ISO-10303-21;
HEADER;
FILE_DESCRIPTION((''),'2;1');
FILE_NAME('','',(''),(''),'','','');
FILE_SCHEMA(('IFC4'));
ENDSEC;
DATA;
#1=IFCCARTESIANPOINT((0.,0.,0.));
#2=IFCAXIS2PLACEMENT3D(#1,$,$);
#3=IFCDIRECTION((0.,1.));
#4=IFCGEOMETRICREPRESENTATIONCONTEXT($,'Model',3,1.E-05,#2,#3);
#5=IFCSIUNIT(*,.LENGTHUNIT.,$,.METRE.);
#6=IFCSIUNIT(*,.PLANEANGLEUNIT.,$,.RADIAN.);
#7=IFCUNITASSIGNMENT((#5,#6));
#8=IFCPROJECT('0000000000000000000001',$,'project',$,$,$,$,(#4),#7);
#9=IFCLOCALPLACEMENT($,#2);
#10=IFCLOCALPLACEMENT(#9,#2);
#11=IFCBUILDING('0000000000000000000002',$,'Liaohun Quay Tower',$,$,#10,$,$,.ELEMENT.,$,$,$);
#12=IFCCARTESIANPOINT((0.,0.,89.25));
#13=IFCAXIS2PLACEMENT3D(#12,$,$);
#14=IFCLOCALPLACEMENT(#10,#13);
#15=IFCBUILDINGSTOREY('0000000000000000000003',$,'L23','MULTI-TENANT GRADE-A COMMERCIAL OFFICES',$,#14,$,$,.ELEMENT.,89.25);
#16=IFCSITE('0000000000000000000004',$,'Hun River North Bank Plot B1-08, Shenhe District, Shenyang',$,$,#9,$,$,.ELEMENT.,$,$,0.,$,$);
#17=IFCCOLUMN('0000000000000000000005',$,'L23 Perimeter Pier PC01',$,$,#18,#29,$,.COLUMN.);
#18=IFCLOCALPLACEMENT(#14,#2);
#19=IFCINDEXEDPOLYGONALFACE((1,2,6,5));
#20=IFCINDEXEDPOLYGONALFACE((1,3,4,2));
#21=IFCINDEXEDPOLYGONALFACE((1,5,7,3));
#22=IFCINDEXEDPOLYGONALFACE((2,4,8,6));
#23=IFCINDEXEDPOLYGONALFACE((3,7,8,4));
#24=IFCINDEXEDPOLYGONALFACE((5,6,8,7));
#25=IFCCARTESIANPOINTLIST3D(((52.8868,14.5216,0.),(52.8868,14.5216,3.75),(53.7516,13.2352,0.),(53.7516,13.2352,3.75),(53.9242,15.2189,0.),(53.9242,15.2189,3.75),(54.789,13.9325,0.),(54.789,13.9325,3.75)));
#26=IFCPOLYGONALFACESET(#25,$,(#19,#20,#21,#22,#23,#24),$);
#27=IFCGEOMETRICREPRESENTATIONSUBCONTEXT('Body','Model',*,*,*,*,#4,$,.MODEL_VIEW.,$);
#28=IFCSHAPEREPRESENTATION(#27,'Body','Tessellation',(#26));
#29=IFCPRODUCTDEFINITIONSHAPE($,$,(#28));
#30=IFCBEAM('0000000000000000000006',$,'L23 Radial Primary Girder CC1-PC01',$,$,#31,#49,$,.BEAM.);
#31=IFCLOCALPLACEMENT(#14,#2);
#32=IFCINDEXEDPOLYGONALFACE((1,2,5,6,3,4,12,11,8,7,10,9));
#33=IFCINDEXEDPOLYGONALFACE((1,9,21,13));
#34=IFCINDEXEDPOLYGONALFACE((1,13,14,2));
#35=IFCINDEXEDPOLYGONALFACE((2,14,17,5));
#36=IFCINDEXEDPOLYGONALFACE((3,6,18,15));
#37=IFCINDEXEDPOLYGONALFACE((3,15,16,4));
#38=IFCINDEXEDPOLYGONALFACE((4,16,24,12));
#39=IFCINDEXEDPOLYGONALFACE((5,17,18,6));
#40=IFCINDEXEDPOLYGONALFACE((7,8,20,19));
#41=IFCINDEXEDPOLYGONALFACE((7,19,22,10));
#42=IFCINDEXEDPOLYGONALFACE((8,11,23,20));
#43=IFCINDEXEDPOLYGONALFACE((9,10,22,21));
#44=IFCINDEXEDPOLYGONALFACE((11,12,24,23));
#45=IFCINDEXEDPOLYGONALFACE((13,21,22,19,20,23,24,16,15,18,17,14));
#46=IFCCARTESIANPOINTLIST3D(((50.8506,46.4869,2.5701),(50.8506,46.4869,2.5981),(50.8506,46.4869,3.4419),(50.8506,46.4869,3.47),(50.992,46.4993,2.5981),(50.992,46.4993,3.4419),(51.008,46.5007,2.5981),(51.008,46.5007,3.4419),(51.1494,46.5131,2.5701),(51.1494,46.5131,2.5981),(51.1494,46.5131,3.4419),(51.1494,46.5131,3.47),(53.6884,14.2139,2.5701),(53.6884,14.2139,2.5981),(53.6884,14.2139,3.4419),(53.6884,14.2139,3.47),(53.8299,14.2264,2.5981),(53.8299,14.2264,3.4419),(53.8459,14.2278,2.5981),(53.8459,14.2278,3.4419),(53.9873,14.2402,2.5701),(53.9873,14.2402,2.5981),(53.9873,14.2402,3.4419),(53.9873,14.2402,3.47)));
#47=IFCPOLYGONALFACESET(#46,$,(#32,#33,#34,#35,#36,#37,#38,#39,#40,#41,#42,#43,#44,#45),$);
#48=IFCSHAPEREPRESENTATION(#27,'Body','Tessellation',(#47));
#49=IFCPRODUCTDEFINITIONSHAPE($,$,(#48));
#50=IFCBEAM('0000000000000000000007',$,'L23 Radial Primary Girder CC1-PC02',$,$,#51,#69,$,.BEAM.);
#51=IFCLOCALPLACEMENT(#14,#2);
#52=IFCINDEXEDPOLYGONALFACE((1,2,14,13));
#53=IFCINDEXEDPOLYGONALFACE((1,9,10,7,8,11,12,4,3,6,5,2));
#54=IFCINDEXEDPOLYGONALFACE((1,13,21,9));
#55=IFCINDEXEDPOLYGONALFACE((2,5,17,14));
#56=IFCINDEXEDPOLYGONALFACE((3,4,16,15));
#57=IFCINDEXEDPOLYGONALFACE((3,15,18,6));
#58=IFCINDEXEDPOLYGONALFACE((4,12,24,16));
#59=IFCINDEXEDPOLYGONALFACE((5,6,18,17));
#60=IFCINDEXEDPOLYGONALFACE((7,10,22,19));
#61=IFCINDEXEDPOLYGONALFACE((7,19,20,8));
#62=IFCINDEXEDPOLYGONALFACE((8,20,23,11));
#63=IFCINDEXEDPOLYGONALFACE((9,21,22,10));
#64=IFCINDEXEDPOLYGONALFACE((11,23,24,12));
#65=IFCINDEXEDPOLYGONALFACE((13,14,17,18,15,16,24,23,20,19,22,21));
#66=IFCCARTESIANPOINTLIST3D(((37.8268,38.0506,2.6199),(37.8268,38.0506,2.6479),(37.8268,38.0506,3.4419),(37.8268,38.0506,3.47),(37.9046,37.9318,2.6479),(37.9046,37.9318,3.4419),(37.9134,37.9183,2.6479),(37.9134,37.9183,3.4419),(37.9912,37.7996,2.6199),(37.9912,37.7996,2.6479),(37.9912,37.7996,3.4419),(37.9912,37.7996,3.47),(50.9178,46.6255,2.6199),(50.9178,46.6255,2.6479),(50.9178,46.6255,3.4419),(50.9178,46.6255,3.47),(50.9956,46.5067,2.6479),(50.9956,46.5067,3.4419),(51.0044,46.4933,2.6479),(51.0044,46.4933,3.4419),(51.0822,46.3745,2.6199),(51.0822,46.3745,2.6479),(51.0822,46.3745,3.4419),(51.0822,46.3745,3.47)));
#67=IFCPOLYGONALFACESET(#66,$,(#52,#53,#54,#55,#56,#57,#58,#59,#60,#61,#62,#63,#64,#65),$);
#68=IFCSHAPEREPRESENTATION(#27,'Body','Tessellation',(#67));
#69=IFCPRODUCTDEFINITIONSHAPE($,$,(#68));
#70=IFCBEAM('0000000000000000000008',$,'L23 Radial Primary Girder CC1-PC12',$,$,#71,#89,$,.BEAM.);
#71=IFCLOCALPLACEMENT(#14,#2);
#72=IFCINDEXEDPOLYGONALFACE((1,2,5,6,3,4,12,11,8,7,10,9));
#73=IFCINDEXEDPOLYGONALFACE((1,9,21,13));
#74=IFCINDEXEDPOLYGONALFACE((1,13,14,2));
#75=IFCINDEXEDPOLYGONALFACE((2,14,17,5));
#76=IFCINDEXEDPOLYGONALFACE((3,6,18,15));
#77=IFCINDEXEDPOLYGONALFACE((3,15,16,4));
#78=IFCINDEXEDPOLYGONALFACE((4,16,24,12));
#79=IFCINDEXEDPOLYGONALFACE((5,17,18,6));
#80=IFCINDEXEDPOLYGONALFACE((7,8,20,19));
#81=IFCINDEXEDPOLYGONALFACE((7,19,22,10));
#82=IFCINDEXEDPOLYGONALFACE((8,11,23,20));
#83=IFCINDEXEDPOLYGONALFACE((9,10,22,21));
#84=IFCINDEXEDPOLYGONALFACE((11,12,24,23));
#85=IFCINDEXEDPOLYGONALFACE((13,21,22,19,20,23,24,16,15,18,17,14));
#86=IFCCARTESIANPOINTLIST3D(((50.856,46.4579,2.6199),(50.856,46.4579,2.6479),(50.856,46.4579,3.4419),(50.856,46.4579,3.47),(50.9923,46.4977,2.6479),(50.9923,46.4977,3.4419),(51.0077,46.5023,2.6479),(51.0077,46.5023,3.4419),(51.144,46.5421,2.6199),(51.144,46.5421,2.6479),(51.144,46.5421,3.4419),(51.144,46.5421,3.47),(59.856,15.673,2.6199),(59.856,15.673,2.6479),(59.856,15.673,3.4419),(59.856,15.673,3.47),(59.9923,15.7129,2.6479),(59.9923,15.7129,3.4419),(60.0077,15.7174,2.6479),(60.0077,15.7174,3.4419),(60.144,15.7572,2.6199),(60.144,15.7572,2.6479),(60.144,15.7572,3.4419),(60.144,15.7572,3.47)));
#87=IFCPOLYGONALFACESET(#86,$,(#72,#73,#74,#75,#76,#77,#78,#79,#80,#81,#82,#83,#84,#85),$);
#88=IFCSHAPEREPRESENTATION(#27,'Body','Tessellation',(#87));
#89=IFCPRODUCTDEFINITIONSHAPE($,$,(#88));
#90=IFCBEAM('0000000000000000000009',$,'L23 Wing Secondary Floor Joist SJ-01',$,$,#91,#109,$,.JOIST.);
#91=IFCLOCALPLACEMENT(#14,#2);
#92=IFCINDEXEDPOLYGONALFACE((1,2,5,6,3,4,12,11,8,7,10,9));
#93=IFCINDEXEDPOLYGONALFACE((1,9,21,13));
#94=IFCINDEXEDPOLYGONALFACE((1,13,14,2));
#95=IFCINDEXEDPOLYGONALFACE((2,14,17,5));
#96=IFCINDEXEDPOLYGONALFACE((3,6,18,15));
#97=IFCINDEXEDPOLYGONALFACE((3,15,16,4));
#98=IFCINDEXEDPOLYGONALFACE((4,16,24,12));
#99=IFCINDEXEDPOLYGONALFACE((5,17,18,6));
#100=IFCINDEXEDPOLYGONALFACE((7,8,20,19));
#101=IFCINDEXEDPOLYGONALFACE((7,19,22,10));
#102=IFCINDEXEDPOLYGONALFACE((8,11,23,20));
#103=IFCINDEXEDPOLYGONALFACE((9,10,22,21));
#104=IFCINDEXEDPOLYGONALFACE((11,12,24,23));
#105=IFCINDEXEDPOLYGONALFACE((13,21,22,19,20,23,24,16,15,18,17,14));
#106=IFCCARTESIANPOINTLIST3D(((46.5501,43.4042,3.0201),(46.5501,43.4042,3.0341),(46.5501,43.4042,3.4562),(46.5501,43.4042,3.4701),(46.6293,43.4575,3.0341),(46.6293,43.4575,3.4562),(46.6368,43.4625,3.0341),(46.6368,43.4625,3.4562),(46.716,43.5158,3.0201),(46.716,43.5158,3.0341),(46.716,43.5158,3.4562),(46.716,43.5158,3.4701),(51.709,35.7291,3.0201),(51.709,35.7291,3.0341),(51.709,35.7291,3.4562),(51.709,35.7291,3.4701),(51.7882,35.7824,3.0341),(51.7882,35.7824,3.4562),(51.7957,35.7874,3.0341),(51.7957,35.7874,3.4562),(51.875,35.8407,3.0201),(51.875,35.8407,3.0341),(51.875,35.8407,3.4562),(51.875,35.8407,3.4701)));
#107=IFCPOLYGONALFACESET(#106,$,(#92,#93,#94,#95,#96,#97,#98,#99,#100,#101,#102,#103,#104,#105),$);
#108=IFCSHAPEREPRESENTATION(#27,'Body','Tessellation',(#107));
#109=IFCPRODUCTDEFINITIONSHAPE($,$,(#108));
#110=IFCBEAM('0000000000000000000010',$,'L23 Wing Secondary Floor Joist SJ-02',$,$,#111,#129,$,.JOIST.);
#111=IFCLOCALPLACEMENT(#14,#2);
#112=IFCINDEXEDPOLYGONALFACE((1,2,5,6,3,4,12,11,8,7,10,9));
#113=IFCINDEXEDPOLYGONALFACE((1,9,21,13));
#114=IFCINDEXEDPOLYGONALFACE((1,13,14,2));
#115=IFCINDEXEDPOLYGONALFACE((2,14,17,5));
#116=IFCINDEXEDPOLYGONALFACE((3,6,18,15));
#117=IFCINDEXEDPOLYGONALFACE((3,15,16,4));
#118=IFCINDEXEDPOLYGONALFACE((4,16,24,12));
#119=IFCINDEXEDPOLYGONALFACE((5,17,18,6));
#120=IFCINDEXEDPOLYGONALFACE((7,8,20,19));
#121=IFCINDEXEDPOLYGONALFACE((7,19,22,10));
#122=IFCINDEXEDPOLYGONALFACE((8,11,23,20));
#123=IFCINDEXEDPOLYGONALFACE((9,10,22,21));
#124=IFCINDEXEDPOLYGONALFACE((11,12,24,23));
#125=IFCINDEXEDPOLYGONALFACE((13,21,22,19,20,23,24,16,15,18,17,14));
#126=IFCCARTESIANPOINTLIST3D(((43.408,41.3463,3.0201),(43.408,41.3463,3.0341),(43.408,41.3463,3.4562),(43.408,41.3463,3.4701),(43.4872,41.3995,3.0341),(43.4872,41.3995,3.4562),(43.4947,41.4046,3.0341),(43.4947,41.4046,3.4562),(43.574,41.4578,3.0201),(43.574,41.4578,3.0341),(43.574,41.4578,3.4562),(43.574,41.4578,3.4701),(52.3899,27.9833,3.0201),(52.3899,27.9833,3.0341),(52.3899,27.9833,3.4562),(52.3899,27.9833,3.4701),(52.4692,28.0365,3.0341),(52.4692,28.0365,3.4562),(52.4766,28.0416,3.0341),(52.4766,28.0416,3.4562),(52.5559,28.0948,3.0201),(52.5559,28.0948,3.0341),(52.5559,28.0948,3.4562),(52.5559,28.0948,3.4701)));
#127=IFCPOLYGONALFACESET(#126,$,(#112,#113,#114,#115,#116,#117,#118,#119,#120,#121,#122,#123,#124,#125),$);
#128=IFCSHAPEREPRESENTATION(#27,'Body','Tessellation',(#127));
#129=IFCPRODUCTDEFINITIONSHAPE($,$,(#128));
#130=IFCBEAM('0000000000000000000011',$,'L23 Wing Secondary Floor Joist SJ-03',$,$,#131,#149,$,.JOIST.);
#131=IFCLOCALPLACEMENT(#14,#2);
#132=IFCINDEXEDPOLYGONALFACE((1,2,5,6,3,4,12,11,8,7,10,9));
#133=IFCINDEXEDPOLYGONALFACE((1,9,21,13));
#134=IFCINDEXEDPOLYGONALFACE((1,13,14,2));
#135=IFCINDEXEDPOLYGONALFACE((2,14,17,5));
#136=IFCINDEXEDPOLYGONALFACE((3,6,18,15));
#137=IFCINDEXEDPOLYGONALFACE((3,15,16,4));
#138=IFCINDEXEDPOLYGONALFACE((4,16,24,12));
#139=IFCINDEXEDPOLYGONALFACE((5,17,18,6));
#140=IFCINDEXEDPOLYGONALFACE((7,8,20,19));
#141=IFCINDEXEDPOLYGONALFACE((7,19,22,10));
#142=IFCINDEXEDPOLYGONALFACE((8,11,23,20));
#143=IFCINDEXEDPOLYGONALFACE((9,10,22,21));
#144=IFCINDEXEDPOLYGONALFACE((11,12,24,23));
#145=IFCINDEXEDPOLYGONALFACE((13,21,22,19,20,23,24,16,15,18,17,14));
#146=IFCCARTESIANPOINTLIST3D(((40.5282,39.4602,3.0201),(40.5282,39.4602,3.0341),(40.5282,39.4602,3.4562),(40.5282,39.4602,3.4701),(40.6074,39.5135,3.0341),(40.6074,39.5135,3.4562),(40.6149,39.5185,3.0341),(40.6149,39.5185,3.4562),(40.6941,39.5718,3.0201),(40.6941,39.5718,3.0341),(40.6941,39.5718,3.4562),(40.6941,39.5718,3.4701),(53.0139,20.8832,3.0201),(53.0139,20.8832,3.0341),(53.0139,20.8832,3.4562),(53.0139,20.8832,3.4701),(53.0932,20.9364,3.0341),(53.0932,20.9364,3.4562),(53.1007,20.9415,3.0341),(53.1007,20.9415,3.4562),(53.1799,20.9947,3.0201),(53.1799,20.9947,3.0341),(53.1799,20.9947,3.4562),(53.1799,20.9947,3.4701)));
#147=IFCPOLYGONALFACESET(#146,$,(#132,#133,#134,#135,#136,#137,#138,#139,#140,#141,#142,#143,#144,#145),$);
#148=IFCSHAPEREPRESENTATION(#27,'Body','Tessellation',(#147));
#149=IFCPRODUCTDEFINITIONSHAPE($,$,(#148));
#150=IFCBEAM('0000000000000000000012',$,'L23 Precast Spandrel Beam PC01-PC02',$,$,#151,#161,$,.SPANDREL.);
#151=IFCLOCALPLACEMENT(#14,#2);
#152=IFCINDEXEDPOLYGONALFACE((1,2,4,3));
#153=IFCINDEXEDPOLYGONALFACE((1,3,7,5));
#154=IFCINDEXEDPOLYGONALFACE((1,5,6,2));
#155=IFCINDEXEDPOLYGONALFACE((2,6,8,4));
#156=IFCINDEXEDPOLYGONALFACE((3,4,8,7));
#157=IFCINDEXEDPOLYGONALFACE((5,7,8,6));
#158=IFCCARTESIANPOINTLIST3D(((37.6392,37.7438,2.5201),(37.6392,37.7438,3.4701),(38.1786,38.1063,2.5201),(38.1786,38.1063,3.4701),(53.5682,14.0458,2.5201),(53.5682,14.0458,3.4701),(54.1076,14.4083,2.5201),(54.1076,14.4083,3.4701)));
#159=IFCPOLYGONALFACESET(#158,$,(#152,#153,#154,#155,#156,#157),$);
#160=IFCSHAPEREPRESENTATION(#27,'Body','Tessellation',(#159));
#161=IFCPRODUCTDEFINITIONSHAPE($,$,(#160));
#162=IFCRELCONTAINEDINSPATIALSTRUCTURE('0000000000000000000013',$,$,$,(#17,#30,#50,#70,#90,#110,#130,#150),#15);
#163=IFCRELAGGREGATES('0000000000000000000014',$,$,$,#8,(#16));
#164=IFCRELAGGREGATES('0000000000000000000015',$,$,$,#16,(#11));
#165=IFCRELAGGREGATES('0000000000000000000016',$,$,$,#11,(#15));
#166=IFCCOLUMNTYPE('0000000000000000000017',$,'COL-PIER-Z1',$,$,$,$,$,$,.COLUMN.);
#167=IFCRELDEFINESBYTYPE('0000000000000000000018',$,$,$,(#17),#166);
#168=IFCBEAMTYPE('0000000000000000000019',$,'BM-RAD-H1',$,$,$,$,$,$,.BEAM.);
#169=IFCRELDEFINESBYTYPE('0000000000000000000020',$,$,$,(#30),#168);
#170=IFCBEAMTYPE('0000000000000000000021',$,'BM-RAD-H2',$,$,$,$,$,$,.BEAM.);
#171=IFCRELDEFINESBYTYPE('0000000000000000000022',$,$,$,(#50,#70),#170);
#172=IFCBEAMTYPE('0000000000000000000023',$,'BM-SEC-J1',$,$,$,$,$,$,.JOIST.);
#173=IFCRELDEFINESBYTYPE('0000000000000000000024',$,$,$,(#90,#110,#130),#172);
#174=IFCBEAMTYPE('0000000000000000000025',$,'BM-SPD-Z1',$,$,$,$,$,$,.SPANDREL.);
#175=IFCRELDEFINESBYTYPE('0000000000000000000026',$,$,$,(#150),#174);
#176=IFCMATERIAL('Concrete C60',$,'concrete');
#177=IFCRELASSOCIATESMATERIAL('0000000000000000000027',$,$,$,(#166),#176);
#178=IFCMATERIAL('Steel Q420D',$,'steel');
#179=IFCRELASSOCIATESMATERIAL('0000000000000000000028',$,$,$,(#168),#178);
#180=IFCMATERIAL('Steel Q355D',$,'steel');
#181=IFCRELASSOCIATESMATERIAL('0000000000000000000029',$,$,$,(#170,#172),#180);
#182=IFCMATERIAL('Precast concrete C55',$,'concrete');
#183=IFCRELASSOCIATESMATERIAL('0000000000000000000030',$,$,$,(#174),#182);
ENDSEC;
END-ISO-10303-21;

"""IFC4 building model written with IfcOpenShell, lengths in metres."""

from ifc_helpers import new_model, si_unit, direction, frame, origin, origin_2d, place, context, subcontext, project, spatial, rectangle, i_section, extrude, source, transform, mapped, material, material_profile, profile_set, type_object, element, save


model = new_model("IFC4")

# Units and contexts
model_context = context("Model", 3, precision=1e-05, world=origin(), true_north=direction((0.0, 1.0)))
body_context = subcontext(model_context, "Body", "Model", "MODEL_VIEW")
ifc_project = project(units=[si_unit("LENGTHUNIT", "METRE"), si_unit("PLANEANGLEUNIT", "RADIAN")], contexts=[model_context])

# Site, building, storey
site_placement = place(None, origin())
site = spatial("IfcSite", under=ifc_project, at=site_placement, Name="Hun River North Bank Plot B1-08, Shenhe District, Shenyang", CompositionType="ELEMENT", RefElevation=0.0)
building_placement = place(site_placement, origin())
building = spatial("IfcBuilding", under=site, at=building_placement, Name="Liaohun Quay Tower", CompositionType="ELEMENT")
storey_placement = place(building_placement, frame((0.0, 0.0, 89.25)))
storey = spatial("IfcBuildingStorey", under=building, at=storey_placement, Name="L23", Description="MULTI-TENANT GRADE-A COMMERCIAL OFFICES", CompositionType="ELEMENT", Elevation=89.25)

# Column
ifc_material_1 = material(Name="Concrete C60", Category="concrete")
ifc_material_profile_1 = material_profile(ifc_material_1, rectangle(XDim=1.55, YDim=1.25, at=origin_2d()), Name="RC1550x1250")
ifc_profile_set_1 = profile_set([ifc_material_profile_1], Name="Concrete C60")
column_type = type_object("IfcColumnType", Name="COL-PIER-Z1", PredefinedType="COLUMN", material=ifc_profile_set_1)
shared_shape_1 = source(origin(), body_context, "Body", "SweptSolid", [
    extrude(rectangle(XDim=1.55, YDim=1.25, at=origin_2d()), origin(), (0.0, 0.0, 1.0), 3.75),
])
column_placement = place(storey_placement, frame((53.8379, 14.2271, 0.0), z_axis=(0.0, 0.0, 1.0), x_axis=(-0.55789, 0.829915, 0.0)))
element("IfcColumn", 1, at=column_placement, inside=storey, type_object=column_type, Name="L23 Perimeter Pier PC01", PredefinedType="COLUMN", context=body_context, shape_type="MappedRepresentation", body=[
    mapped(shared_shape_1, transform((0.0, 0.0, 0.0), x_axis=(1.0, 0.0, 0.0), y_axis=(0.0, 1.0, 0.0), z_axis=(0.0, 0.0, 1.0), scale=1.0)),
])

# Beams
ifc_material_2 = material(Name="Steel Q420D", Category="steel")
ifc_material_profile_2 = material_profile(ifc_material_2, i_section(OverallWidth=0.3, OverallDepth=0.8999, WebThickness=0.0161, FlangeThickness=0.0281, at=origin_2d()), Name="HN900x300x16x28")
ifc_profile_set_2 = profile_set([ifc_material_profile_2], Name="Steel Q420D")
beam_type_1 = type_object("IfcBeamType", Name="BM-RAD-H1", PredefinedType="BEAM", material=ifc_profile_set_2)
shared_shape_2 = source(origin(), body_context, "Body", "SweptSolid", [
    extrude(i_section(OverallWidth=0.3, OverallDepth=0.8999, WebThickness=0.0161, FlangeThickness=0.0281, at=origin_2d()), origin(), (0.0, 0.0, 1.0), 32.3975),
])
beam_1_placement = place(storey_placement, frame((51.0, 46.5, 3.02), z_axis=(0.087596, -0.996156, 0.0), x_axis=(0.996156, 0.087596, 0.0)))
element("IfcBeam", 2, at=beam_1_placement, inside=storey, type_object=beam_type_1, Name="L23 Radial Primary Girder CC1-PC01", PredefinedType="BEAM", context=body_context, shape_type="MappedRepresentation", body=[
    mapped(shared_shape_2, transform((0.0, 0.0, 0.0), x_axis=(1.0, 0.0, 0.0), y_axis=(0.0, 1.0, 0.0), z_axis=(0.0, 0.0, 1.0), scale=1.0)),
])
ifc_material_3 = material(Name="Steel Q355D", Category="steel")
ifc_material_profile_3 = material_profile(ifc_material_3, i_section(OverallWidth=0.3, OverallDepth=0.8501, WebThickness=0.0161, FlangeThickness=0.0281, at=origin_2d()), Name="HN850x300x16x28")
ifc_profile_set_3 = profile_set([ifc_material_profile_3], Name="Steel Q355D")
beam_type_2 = type_object("IfcBeamType", Name="BM-RAD-H2", PredefinedType="BEAM", material=ifc_profile_set_3)
shared_shape_3 = source(origin(), body_context, "Body", "SweptSolid", [
    extrude(i_section(OverallWidth=0.3, OverallDepth=0.8501, WebThickness=0.0161, FlangeThickness=0.0281, at=origin_2d()), origin(), (0.0, 0.0, 1.0), 15.6494),
])
beam_2_placement = place(storey_placement, frame((51.0, 46.5, 3.0449), z_axis=(-0.836518, -0.547939, 0.0), x_axis=(0.547939, -0.836518, 0.0)))
element("IfcBeam", 3, at=beam_2_placement, inside=storey, type_object=beam_type_2, Name="L23 Radial Primary Girder CC1-PC02", PredefinedType="BEAM", context=body_context, shape_type="MappedRepresentation", body=[
    mapped(shared_shape_3, transform((0.0, 0.0, 0.0), x_axis=(1.0, 0.0, 0.0), y_axis=(0.0, 1.0, 0.0), z_axis=(0.0, 0.0, 1.0), scale=1.0)),
])
shared_shape_4 = source(origin(), body_context, "Body", "SweptSolid", [
    extrude(i_section(OverallWidth=0.3, OverallDepth=0.8501, WebThickness=0.0161, FlangeThickness=0.0281, at=origin_2d()), origin(), (0.0, 0.0, 1.0), 32.0735),
])
beam_3_placement = place(storey_placement, frame((51.0, 46.5, 3.0449), z_axis=(0.280605, -0.959823, 0.0), x_axis=(0.959823, 0.280605, 0.0)))
element("IfcBeam", 4, at=beam_3_placement, inside=storey, type_object=beam_type_2, Name="L23 Radial Primary Girder CC1-PC12", PredefinedType="BEAM", context=body_context, shape_type="MappedRepresentation", body=[
    mapped(shared_shape_4, transform((0.0, 0.0, 0.0), x_axis=(1.0, 0.0, 0.0), y_axis=(0.0, 1.0, 0.0), z_axis=(0.0, 0.0, 1.0), scale=1.0)),
])
ifc_material_profile_4 = material_profile(ifc_material_3, i_section(OverallWidth=0.2, OverallDepth=0.45, WebThickness=0.009, FlangeThickness=0.0139, at=origin_2d()), Name="HN450x200x9x14")
ifc_profile_set_4 = profile_set([ifc_material_profile_4], Name="Steel Q355D")
beam_type_3 = type_object("IfcBeamType", Name="BM-SEC-J1", PredefinedType="JOIST", material=ifc_profile_set_4)
shared_shape_5 = source(origin(), body_context, "Body", "SweptSolid", [
    extrude(i_section(OverallWidth=0.2, OverallDepth=0.45, WebThickness=0.009, FlangeThickness=0.0139, at=origin_2d()), origin(), (0.0, 0.0, 1.0), 9.2478),
])
beam_4_placement = place(storey_placement, frame((51.792, 35.7849, 3.2451), z_axis=(-0.557858, 0.829936, 0.0), x_axis=(-0.829936, -0.557858, 0.0)))
element("IfcBeam", 5, at=beam_4_placement, inside=storey, type_object=beam_type_3, Name="L23 Wing Secondary Floor Joist SJ-01", PredefinedType="JOIST", context=body_context, shape_type="MappedRepresentation", body=[
    mapped(shared_shape_5, transform((0.0, 0.0, 0.0), x_axis=(1.0, 0.0, 0.0), y_axis=(0.0, 1.0, 0.0), z_axis=(0.0, 0.0, 1.0), scale=1.0)),
])
shared_shape_6 = source(origin(), body_context, "Body", "SweptSolid", [
    extrude(i_section(OverallWidth=0.2, OverallDepth=0.45, WebThickness=0.009, FlangeThickness=0.0139, at=origin_2d()), origin(), (0.0, 0.0, 1.0), 16.1011),
])
beam_5_placement = place(storey_placement, frame((52.4729, 28.0391, 3.2451), z_axis=(-0.557845, 0.829945, 0.0), x_axis=(-0.829945, -0.557845, 0.0)))
element("IfcBeam", 6, at=beam_5_placement, inside=storey, type_object=beam_type_3, Name="L23 Wing Secondary Floor Joist SJ-02", PredefinedType="JOIST", context=body_context, shape_type="MappedRepresentation", body=[
    mapped(shared_shape_6, transform((0.0, 0.0, 0.0), x_axis=(1.0, 0.0, 0.0), y_axis=(0.0, 1.0, 0.0), z_axis=(0.0, 0.0, 1.0), scale=1.0)),
])
shared_shape_7 = source(origin(), body_context, "Body", "SweptSolid", [
    extrude(i_section(OverallWidth=0.2, OverallDepth=0.45, WebThickness=0.009, FlangeThickness=0.0139, at=origin_2d()), origin(), (0.0, 0.0, 1.0), 22.3831),
])
beam_6_placement = place(storey_placement, frame((53.0969, 20.939, 3.2451), z_axis=(-0.557822, 0.82996, 0.0), x_axis=(-0.82996, -0.557822, 0.0)))
element("IfcBeam", 7, at=beam_6_placement, inside=storey, type_object=beam_type_3, Name="L23 Wing Secondary Floor Joist SJ-03", PredefinedType="JOIST", context=body_context, shape_type="MappedRepresentation", body=[
    mapped(shared_shape_7, transform((0.0, 0.0, 0.0), x_axis=(1.0, 0.0, 0.0), y_axis=(0.0, 1.0, 0.0), z_axis=(0.0, 0.0, 1.0), scale=1.0)),
])
ifc_material_4 = material(Name="Precast concrete C55", Category="concrete")
ifc_material_profile_5 = material_profile(ifc_material_4, rectangle(XDim=0.6499, YDim=0.95, at=origin_2d()), Name="RC650x950")
ifc_profile_set_5 = profile_set([ifc_material_profile_5], Name="Precast concrete C55")
beam_type_4 = type_object("IfcBeamType", Name="BM-SPD-Z1", PredefinedType="SPANDREL", material=ifc_profile_set_5)
shared_shape_8 = source(origin(), body_context, "Body", "SweptSolid", [
    extrude(rectangle(XDim=0.6499, YDim=0.95, at=origin_2d()), origin(), (0.0, 0.0, 1.0), 28.554),
])
beam_7_placement = place(storey_placement, frame((53.8379, 14.2271, 2.9951), z_axis=(-0.557855, 0.829938, 0.0), x_axis=(-0.829938, -0.557855, 0.0)))
element("IfcBeam", 8, at=beam_7_placement, inside=storey, type_object=beam_type_4, Name="L23 Precast Spandrel Beam PC01-PC02", PredefinedType="SPANDREL", context=body_context, shape_type="MappedRepresentation", body=[
    mapped(shared_shape_8, transform((0.0, 0.0, 0.0), x_axis=(1.0, 0.0, 0.0), y_axis=(0.0, 1.0, 0.0), z_axis=(0.0, 0.0, 1.0), scale=1.0)),
])

save(model, "model.ifc")
